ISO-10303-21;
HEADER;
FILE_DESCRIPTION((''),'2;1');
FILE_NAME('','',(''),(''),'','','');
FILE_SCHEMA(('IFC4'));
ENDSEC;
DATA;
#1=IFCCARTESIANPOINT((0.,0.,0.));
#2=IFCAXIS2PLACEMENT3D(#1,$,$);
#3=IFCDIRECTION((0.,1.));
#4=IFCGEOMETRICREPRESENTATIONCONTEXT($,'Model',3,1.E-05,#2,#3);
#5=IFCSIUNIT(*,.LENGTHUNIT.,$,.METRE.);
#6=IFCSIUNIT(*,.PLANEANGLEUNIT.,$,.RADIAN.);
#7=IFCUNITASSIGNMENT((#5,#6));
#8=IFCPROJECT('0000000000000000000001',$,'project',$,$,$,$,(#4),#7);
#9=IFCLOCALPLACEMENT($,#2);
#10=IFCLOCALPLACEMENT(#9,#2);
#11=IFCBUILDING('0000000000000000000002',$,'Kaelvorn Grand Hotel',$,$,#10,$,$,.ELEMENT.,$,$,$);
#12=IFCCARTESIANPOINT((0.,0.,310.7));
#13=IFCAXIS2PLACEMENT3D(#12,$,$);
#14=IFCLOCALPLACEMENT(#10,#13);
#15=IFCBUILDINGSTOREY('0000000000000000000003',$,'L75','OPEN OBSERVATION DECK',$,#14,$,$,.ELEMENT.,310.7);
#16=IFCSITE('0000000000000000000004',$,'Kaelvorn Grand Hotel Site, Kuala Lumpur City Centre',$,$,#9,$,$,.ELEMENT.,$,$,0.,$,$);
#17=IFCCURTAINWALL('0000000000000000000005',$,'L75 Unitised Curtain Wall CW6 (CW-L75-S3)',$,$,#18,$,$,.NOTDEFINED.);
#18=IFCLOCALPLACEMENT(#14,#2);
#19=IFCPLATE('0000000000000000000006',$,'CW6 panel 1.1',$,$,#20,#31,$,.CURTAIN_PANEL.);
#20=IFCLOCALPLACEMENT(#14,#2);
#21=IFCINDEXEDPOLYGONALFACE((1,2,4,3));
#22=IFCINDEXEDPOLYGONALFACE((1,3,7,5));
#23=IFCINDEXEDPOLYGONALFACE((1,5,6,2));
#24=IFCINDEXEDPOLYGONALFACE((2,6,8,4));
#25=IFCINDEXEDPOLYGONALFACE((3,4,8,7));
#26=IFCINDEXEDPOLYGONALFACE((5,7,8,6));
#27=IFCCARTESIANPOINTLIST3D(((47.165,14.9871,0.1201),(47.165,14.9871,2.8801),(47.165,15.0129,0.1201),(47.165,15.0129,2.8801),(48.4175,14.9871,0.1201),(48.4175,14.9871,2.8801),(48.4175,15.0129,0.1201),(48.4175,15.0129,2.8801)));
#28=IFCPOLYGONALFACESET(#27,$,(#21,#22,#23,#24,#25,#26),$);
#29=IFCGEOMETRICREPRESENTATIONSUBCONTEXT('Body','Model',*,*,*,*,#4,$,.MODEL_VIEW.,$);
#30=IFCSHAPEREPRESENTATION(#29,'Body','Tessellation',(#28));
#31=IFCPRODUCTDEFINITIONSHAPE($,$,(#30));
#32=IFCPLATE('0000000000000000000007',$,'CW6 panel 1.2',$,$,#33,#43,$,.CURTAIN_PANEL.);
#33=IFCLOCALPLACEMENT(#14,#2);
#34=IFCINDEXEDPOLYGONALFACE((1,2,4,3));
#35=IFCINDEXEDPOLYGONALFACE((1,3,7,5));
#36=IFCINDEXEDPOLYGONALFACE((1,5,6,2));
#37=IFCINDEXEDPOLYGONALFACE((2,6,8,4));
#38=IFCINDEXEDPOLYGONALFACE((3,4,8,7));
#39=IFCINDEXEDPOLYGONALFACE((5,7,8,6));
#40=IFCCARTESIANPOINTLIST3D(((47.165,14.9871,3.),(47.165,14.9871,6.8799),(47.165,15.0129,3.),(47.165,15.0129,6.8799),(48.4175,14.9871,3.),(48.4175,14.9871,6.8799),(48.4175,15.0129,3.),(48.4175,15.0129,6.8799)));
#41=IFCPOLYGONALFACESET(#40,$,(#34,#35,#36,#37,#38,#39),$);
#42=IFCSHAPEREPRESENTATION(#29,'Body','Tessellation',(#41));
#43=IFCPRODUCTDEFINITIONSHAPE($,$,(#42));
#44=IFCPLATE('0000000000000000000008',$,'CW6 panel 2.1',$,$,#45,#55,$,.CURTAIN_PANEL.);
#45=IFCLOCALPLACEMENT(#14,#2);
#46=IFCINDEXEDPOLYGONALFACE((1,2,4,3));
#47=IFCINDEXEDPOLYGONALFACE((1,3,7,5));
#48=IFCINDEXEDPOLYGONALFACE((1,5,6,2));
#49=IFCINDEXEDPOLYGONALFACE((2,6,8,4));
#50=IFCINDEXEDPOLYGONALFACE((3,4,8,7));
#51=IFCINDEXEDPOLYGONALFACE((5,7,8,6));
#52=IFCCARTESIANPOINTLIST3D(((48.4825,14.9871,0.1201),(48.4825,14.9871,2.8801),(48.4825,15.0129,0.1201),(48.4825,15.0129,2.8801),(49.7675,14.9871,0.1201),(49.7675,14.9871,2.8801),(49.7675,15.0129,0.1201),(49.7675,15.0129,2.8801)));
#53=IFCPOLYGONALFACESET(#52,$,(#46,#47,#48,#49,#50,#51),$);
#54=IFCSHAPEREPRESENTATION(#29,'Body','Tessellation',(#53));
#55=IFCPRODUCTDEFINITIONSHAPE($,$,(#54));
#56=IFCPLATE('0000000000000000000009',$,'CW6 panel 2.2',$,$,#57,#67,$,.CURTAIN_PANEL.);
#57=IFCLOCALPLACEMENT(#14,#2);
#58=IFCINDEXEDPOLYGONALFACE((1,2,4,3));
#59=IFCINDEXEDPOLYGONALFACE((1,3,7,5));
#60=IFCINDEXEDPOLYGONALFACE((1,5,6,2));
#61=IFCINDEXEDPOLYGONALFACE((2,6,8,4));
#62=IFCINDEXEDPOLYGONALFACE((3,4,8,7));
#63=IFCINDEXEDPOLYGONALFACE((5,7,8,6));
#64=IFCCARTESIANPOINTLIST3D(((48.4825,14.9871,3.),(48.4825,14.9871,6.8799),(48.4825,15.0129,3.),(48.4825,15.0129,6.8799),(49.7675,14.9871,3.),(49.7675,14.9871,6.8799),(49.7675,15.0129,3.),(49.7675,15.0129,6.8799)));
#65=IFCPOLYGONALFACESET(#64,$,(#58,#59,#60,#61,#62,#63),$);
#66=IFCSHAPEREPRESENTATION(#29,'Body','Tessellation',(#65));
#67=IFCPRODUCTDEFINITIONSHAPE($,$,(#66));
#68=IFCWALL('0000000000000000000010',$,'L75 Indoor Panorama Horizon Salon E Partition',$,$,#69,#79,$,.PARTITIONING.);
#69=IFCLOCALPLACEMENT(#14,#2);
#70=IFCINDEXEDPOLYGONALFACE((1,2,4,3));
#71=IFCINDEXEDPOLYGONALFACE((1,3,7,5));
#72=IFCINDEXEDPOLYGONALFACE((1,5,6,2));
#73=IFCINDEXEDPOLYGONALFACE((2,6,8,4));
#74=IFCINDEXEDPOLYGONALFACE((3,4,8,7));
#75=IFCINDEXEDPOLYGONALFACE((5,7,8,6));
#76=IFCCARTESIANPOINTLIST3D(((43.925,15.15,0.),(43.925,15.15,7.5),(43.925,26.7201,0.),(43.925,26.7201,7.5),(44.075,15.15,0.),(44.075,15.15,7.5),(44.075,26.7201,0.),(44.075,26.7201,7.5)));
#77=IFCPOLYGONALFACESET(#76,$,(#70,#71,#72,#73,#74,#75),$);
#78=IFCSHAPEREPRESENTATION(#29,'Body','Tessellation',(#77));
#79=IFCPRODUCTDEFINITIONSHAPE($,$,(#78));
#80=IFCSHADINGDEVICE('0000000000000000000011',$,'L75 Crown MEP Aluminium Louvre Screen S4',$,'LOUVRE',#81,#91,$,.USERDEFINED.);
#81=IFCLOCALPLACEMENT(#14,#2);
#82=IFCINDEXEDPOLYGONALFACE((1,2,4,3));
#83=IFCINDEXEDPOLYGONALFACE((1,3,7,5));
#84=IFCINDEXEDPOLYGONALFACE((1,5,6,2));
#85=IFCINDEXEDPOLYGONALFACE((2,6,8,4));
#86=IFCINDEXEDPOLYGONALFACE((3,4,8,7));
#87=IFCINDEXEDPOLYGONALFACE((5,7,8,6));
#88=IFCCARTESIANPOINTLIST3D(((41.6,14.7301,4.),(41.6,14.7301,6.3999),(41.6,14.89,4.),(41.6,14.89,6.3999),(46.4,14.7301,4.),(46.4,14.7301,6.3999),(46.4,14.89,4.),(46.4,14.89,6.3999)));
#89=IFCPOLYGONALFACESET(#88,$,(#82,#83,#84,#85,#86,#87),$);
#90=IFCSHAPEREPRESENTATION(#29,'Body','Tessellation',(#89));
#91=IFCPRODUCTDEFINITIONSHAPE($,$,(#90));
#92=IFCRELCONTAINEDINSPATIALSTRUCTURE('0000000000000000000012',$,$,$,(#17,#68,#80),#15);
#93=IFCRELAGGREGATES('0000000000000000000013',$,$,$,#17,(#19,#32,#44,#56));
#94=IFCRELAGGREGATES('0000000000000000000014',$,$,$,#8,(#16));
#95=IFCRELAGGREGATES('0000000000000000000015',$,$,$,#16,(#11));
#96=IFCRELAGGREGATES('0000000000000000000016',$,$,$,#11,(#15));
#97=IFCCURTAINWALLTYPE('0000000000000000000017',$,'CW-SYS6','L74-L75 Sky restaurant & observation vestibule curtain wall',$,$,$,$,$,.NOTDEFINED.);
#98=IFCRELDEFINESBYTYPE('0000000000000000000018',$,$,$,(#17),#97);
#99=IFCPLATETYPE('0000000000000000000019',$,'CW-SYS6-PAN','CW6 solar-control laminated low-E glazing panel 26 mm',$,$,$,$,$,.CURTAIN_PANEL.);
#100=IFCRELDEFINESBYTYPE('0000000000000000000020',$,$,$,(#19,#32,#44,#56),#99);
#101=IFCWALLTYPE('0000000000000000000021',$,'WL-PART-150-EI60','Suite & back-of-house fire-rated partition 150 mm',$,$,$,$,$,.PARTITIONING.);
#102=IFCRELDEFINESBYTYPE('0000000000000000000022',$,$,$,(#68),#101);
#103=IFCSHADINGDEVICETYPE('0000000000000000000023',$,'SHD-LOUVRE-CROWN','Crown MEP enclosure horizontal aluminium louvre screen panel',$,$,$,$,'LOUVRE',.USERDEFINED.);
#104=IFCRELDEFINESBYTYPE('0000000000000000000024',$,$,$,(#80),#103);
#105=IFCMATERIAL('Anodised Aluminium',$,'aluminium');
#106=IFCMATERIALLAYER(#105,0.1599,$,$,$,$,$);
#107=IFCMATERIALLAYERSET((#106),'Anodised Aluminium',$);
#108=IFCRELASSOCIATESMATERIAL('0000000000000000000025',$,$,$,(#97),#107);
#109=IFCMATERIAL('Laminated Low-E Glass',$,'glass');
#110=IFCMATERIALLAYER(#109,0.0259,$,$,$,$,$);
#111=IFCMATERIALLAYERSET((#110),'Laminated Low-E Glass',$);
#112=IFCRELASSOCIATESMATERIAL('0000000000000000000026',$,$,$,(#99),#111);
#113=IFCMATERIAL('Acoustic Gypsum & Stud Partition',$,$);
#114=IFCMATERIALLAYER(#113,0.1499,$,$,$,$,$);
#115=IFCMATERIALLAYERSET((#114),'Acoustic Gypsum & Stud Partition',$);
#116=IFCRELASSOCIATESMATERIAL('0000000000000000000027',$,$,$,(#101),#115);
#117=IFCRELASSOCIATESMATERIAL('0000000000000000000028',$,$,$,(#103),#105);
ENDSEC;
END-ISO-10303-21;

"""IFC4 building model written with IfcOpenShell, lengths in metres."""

from ifc_helpers import new_model, si_unit, direction, frame, frame_2d, origin, origin_2d, place, context, subcontext, project, spatial, rectangle, extrude, material, layer, layer_set, type_object, element, aggregate, save


model = new_model("IFC4")

# Units and contexts
model_context = context("Model", 3, precision=1e-05, world=origin(), true_north=direction((0.0, 1.0)))
body_context = subcontext(model_context, "Body", "Model", "MODEL_VIEW")
ifc_project = project(units=[si_unit("LENGTHUNIT", "METRE"), si_unit("PLANEANGLEUNIT", "RADIAN")], contexts=[model_context])

# Site, building, storey
site_placement = place(None, origin())
site = spatial("IfcSite", under=ifc_project, at=site_placement, Name="Kaelvorn Grand Hotel Site, Kuala Lumpur City Centre", CompositionType="ELEMENT", RefElevation=0.0)
building_placement = place(site_placement, origin())
building = spatial("IfcBuilding", under=site, at=building_placement, Name="Kaelvorn Grand Hotel", CompositionType="ELEMENT")
storey_placement = place(building_placement, frame((0.0, 0.0, 310.7)))
storey = spatial("IfcBuildingStorey", under=building, at=storey_placement, Name="L75", Description="OPEN OBSERVATION DECK", CompositionType="ELEMENT", Elevation=310.7)

# Curtain wall
ifc_material_1 = material(Name="Anodised Aluminium", Category="aluminium")
ifc_layer_1 = layer(ifc_material_1, 0.1599)
ifc_layer_set_1 = layer_set([ifc_layer_1], Name="Anodised Aluminium")
curtain_wall_type = type_object("IfcCurtainWallType", Name="CW-SYS6", Description="L74-L75 Sky restaurant & observation vestibule curtain wall", PredefinedType="NOTDEFINED", material=ifc_layer_set_1)
curtain_wall_placement = place(storey_placement, origin())
curtain_wall = element("IfcCurtainWall", 1, at=curtain_wall_placement, inside=storey, type_object=curtain_wall_type, Name="L75 Unitised Curtain Wall CW6 (CW-L75-S3)", PredefinedType="NOTDEFINED")

# Plates
ifc_material_2 = material(Name="Laminated Low-E Glass", Category="glass")
ifc_layer_2 = layer(ifc_material_2, 0.0259)
ifc_layer_set_2 = layer_set([ifc_layer_2], Name="Laminated Low-E Glass")
plate_type = type_object("IfcPlateType", Name="CW-SYS6-PAN", Description="CW6 solar-control laminated low-E glazing panel 26 mm", PredefinedType="CURTAIN_PANEL", material=ifc_layer_set_2)
plate_1_placement = place(storey_placement, frame((47.7913, 15.0, 0.1201), z_axis=(0.0, 0.0, 1.0), x_axis=(1.0, 0.0, 0.0)))
plate_1 = element("IfcPlate", 2, at=plate_1_placement, type_object=plate_type, Name="CW6 panel 1.1", PredefinedType="CURTAIN_PANEL", context=body_context, shape_type="SweptSolid", body=[
    extrude(rectangle(XDim=1.2524, YDim=0.0259, at=origin_2d()), origin(), (0.0, 0.0, 1.0), 2.76),
])
plate_2_placement = place(storey_placement, frame((47.7913, 15.0, 3.0), z_axis=(0.0, 0.0, 1.0), x_axis=(1.0, 0.0, 0.0)))
plate_2 = element("IfcPlate", 3, at=plate_2_placement, type_object=plate_type, Name="CW6 panel 1.2", PredefinedType="CURTAIN_PANEL", context=body_context, shape_type="SweptSolid", body=[
    extrude(rectangle(XDim=1.2524, YDim=0.0259, at=origin_2d()), origin(), (0.0, 0.0, 1.0), 3.8799),
])
plate_3_placement = place(storey_placement, frame((49.125, 15.0, 0.1201), z_axis=(0.0, 0.0, 1.0), x_axis=(1.0, 0.0, 0.0)))
plate_3 = element("IfcPlate", 4, at=plate_3_placement, type_object=plate_type, Name="CW6 panel 2.1", PredefinedType="CURTAIN_PANEL", context=body_context, shape_type="SweptSolid", body=[
    extrude(rectangle(XDim=1.2849, YDim=0.0259, at=origin_2d()), origin(), (0.0, 0.0, 1.0), 2.76),
])
plate_4_placement = place(storey_placement, frame((49.125, 15.0, 3.0), z_axis=(0.0, 0.0, 1.0), x_axis=(1.0, 0.0, 0.0)))
plate_4 = element("IfcPlate", 5, at=plate_4_placement, type_object=plate_type, Name="CW6 panel 2.2", PredefinedType="CURTAIN_PANEL", context=body_context, shape_type="SweptSolid", body=[
    extrude(rectangle(XDim=1.2849, YDim=0.0259, at=origin_2d()), origin(), (0.0, 0.0, 1.0), 3.8799),
])
aggregate(curtain_wall, [plate_1, plate_2, plate_3, plate_4])

# Wall
ifc_material_3 = material(Name="Acoustic Gypsum & Stud Partition")
ifc_layer_3 = layer(ifc_material_3, 0.1499)
ifc_layer_set_3 = layer_set([ifc_layer_3], Name="Acoustic Gypsum & Stud Partition")
wall_type = type_object("IfcWallType", Name="WL-PART-150-EI60", Description="Suite & back-of-house fire-rated partition 150 mm", PredefinedType="PARTITIONING", material=ifc_layer_set_3)
wall_placement = place(storey_placement, frame((44.0, 15.1499, 0.0), z_axis=(0.0, 0.0, 1.0), x_axis=(0.0, 1.0, 0.0)))
element("IfcWall", 6, at=wall_placement, inside=storey, type_object=wall_type, Name="L75 Indoor Panorama Horizon Salon E Partition", PredefinedType="PARTITIONING", context=body_context, shape_type="SweptSolid", body=[
    extrude(rectangle(XDim=11.5701, YDim=0.1499, at=frame_2d((5.7852, 0.0))), origin(), (0.0, 0.0, 1.0), 7.5),
])

# Shading device
shading_device_type = type_object("IfcShadingDeviceType", Name="SHD-LOUVRE-CROWN", Description="Crown MEP enclosure horizontal aluminium louvre screen panel", ElementType="LOUVRE", PredefinedType="USERDEFINED", material=ifc_material_1)
shading_device_placement = place(storey_placement, frame((44.0, 14.8101, 4.0), z_axis=(0.0, 0.0, 1.0), x_axis=(1.0, 0.0, 0.0)))
element("IfcShadingDevice", 7, at=shading_device_placement, inside=storey, type_object=shading_device_type, Name="L75 Crown MEP Aluminium Louvre Screen S4", ObjectType="LOUVRE", PredefinedType="USERDEFINED", context=body_context, shape_type="SweptSolid", body=[
    extrude(rectangle(XDim=4.8, YDim=0.1599, at=origin_2d()), origin(), (0.0, 0.0, 1.0), 2.3999),
])

save(model, "model.ifc")
